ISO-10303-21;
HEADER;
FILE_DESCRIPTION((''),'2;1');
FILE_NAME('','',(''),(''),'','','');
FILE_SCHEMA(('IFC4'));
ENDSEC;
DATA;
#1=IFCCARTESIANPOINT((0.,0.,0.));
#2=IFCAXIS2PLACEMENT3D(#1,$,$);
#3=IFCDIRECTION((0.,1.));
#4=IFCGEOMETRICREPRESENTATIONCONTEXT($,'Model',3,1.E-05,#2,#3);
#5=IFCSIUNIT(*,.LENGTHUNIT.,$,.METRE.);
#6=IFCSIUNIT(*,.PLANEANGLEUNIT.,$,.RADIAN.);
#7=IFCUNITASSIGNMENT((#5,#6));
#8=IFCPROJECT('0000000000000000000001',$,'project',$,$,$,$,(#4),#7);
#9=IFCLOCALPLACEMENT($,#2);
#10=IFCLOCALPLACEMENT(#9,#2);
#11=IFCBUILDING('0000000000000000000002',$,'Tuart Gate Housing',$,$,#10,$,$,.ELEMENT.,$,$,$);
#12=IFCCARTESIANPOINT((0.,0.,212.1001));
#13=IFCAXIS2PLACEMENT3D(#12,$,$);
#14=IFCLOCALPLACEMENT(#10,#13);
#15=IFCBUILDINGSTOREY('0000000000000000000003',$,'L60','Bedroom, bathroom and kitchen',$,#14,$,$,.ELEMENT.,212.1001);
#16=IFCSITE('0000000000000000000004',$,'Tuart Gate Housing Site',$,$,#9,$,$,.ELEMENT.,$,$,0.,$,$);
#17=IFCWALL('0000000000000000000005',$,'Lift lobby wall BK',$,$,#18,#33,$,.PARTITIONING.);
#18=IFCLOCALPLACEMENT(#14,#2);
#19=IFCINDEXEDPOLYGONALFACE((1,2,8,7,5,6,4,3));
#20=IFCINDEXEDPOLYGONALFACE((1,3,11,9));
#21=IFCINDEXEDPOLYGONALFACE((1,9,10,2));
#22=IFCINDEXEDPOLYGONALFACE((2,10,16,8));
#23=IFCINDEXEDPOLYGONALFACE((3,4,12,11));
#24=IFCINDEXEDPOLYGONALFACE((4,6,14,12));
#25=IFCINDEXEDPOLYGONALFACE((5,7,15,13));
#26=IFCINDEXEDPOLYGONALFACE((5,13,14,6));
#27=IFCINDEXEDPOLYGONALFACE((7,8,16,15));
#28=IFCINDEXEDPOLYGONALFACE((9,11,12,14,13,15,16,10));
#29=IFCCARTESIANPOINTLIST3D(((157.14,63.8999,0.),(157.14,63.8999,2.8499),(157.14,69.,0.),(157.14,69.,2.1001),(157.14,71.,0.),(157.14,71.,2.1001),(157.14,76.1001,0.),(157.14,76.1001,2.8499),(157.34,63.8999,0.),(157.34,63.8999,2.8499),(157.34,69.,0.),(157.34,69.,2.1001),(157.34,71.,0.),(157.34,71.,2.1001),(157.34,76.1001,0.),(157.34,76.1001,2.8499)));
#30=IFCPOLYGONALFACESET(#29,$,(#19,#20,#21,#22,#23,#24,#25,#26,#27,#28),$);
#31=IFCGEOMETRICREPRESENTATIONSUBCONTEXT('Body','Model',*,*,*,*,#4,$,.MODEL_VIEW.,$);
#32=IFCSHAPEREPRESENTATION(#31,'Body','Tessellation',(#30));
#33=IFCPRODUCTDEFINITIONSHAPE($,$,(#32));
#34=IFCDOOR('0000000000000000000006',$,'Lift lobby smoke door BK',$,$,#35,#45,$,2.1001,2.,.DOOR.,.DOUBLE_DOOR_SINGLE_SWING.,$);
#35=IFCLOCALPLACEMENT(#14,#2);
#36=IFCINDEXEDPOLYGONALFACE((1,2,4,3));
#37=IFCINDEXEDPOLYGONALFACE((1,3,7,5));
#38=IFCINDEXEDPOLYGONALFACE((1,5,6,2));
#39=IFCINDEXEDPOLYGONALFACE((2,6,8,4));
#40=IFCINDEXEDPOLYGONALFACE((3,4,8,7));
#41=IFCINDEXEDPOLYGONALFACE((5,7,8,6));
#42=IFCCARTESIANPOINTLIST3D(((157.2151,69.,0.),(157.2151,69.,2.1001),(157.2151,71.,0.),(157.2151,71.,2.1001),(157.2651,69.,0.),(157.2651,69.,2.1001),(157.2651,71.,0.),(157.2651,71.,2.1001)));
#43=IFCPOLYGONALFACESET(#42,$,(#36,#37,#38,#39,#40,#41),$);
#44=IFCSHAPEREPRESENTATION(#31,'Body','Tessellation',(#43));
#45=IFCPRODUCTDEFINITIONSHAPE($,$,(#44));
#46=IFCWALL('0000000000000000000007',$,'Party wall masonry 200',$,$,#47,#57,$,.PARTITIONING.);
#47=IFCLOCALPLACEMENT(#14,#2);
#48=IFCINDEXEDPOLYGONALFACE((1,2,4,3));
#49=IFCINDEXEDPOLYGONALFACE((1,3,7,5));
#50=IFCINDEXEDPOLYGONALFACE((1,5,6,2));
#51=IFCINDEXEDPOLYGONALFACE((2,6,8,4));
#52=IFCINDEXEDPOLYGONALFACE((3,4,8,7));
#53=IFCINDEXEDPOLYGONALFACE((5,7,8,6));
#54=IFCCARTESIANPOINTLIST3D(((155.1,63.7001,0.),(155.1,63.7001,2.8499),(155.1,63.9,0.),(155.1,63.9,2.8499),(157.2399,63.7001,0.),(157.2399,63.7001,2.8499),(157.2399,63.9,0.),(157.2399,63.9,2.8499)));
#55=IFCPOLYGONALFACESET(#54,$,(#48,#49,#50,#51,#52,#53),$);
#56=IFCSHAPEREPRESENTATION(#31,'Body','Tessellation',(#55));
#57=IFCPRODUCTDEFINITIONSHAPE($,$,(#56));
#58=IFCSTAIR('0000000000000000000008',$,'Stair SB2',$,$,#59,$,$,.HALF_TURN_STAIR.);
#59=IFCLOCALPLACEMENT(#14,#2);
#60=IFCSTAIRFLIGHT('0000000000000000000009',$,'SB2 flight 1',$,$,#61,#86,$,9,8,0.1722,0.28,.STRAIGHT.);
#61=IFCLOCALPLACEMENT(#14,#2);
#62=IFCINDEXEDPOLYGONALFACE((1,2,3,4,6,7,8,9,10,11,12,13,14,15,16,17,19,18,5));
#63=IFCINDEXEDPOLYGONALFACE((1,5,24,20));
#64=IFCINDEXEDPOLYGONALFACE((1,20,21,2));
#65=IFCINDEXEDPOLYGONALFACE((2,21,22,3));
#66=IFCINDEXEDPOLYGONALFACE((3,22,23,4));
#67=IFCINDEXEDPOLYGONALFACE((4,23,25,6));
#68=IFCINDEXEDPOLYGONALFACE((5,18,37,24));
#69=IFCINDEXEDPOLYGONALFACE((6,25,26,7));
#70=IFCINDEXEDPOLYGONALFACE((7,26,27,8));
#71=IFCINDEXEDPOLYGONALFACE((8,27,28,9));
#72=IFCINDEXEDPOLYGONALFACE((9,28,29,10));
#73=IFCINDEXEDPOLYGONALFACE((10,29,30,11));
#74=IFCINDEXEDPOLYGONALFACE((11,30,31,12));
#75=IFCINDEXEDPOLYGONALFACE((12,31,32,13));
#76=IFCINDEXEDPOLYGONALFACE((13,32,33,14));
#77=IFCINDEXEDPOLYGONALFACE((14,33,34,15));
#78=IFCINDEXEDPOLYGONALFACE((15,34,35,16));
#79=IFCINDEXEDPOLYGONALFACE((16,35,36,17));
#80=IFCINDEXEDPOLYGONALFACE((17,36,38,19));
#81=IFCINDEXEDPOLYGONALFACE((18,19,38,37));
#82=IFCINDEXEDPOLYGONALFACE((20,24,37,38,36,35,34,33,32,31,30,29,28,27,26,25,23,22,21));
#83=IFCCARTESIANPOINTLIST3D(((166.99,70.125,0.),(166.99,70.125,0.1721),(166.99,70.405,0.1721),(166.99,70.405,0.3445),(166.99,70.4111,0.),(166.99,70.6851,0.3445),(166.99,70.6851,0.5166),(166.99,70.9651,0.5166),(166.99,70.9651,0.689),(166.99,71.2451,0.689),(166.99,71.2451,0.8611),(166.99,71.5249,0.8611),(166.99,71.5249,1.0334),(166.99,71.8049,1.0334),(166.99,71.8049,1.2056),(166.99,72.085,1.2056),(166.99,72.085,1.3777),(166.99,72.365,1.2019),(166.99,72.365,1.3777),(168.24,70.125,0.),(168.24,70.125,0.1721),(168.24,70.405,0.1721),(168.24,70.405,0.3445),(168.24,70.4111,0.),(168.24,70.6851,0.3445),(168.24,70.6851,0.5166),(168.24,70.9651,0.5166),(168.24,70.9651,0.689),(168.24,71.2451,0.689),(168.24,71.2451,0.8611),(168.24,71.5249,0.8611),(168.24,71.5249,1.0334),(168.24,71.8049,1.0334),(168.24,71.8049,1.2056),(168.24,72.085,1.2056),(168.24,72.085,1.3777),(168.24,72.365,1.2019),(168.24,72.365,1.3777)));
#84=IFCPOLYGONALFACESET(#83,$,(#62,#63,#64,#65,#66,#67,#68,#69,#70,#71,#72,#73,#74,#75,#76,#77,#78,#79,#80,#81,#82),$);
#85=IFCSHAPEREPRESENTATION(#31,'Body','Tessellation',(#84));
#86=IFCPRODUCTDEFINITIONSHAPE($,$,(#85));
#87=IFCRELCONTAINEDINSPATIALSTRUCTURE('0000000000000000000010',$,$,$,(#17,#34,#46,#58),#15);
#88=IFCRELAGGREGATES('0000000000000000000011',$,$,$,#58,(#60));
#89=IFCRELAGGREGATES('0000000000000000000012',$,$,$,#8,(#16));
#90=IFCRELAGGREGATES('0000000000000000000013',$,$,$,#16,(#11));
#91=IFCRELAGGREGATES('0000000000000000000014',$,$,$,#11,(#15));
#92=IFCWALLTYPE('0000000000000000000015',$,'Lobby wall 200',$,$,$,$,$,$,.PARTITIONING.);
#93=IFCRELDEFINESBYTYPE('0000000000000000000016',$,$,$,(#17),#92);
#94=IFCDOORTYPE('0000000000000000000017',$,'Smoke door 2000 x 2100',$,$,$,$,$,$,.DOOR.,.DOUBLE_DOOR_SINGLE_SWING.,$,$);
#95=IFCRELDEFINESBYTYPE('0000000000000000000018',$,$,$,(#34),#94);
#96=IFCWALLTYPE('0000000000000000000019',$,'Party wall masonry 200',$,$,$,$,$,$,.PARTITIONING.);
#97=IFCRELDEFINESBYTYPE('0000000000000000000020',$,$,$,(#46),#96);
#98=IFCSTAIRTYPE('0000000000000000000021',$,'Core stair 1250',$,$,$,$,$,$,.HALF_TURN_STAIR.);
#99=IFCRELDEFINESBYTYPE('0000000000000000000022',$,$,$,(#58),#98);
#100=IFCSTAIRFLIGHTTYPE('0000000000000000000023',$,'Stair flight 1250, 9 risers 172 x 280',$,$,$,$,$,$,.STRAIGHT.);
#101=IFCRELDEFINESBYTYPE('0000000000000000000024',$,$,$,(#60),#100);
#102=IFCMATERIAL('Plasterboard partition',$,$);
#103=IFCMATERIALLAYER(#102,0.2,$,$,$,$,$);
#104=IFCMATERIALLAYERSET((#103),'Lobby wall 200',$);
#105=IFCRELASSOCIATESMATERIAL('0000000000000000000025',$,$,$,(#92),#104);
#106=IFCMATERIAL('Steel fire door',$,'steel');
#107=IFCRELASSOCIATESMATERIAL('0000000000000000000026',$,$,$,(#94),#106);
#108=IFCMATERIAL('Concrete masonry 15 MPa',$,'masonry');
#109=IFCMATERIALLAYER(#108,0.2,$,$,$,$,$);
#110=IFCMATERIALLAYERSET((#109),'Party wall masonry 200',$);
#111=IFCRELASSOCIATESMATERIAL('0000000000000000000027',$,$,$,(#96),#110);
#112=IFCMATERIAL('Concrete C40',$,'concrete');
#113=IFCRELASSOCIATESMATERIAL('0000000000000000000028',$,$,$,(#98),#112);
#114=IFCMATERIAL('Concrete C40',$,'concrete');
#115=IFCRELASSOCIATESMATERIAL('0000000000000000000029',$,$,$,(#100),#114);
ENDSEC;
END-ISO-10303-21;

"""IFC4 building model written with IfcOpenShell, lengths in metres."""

from ifc_helpers import new_model, si_unit, direction, frame, frame_2d, origin, place, context, subcontext, project, spatial, polyline, rectangle, outline, extrude, material, layer, layer_set, type_object, element, fill, aggregate, save


model = new_model("IFC4")

# Units and contexts
model_context = context("Model", 3, precision=1e-05, world=origin(), true_north=direction((0.0, 1.0)))
body_context = subcontext(model_context, "Body", "Model", "MODEL_VIEW")
ifc_project = project(units=[si_unit("LENGTHUNIT", "METRE"), si_unit("PLANEANGLEUNIT", "RADIAN")], contexts=[model_context])

# Site, building, storey
site_placement = place(None, origin())
site = spatial("IfcSite", under=ifc_project, at=site_placement, Name="Tuart Gate Housing Site", CompositionType="ELEMENT", RefElevation=0.0)
building_placement = place(site_placement, origin())
building = spatial("IfcBuilding", under=site, at=building_placement, Name="Tuart Gate Housing", CompositionType="ELEMENT")
storey_placement = place(building_placement, frame((0.0, 0.0, 212.1001)))
storey = spatial("IfcBuildingStorey", under=building, at=storey_placement, Name="L60", Description="Bedroom, bathroom and kitchen", CompositionType="ELEMENT", Elevation=212.1001)

# Wall, opening, door
ifc_material_1 = material(Name="Plasterboard partition")
ifc_layer_1 = layer(ifc_material_1, 0.2)
ifc_layer_set_1 = layer_set([ifc_layer_1], Name="Lobby wall 200")
wall_type_1 = type_object("IfcWallType", Name="Lobby wall 200", PredefinedType="PARTITIONING", material=ifc_layer_set_1)
wall_1_placement = place(storey_placement, frame((157.24, 63.8999, 0.0), z_axis=(0.0, 0.0, 1.0), x_axis=(0.0, 1.0, 0.0)))
wall_1 = element("IfcWall", 1, at=wall_1_placement, inside=storey, type_object=wall_type_1, Name="Lift lobby wall BK", PredefinedType="PARTITIONING", context=body_context, shape_type="SweptSolid", body=[
    extrude(rectangle(XDim=12.2002, YDim=0.2, at=frame_2d((6.1001, 0.0))), origin(), (0.0, 0.0, 1.0), 2.8499),
])
opening_1_placement = place(wall_1_placement, frame((5.1001, 0.0, 0.0)))
opening_1 = element("IfcOpeningElement", 2, at=opening_1_placement, cuts=wall_1, PredefinedType="OPENING", context=body_context, shape_type="SweptSolid", body=[
    extrude(rectangle(XDim=2.0, YDim=2.1001, at=frame_2d((1.0, 1.05))), frame((0.0, 0.1099, 0.0), z_axis=(0.0, -1.0, 0.0), x_axis=(1.0, 0.0, 0.0)), (0.0, 0.0, 1.0), 0.22),
])
ifc_material_2 = material(Name="Steel fire door", Category="steel")
door_type_1 = type_object("IfcDoorType", Name="Smoke door 2000 x 2100", OperationType="DOUBLE_DOOR_SINGLE_SWING", PredefinedType="DOOR", material=ifc_material_2)
door_1_placement = place(opening_1_placement, frame((2.0, 0.0, 0.0), z_axis=(0.0, 0.0, 1.0), x_axis=(-1.0, 0.0, 0.0)))
door_1 = element("IfcDoor", 3, at=door_1_placement, inside=storey, type_object=door_type_1, Name="Lift lobby smoke door BK", OperationType="DOUBLE_DOOR_SINGLE_SWING", OverallHeight=2.1001, OverallWidth=2.0, PredefinedType="DOOR", context=body_context, shape_type="SweptSolid", body=[
    extrude(rectangle(XDim=2.0, YDim=2.1001, at=frame_2d((1.0, 1.05))), frame((0.0, 0.0251, 0.0), z_axis=(0.0, -1.0, 0.0), x_axis=(1.0, 0.0, 0.0)), (0.0, 0.0, 1.0), 0.05),
])
fill(opening_1, door_1)

# Wall
ifc_material_3 = material(Name="Concrete masonry 15 MPa", Category="masonry")
ifc_layer_2 = layer(ifc_material_3, 0.2)
ifc_layer_set_2 = layer_set([ifc_layer_2], Name="Party wall masonry 200")
wall_type_2 = type_object("IfcWallType", Name="Party wall masonry 200", PredefinedType="PARTITIONING", material=ifc_layer_set_2)
wall_2_placement = place(storey_placement, frame((155.1001, 63.8, 0.0), z_axis=(0.0, 0.0, 1.0), x_axis=(1.0, 0.0, 0.0)))
element("IfcWall", 4, at=wall_2_placement, inside=storey, type_object=wall_type_2, Name="Party wall masonry 200", PredefinedType="PARTITIONING", context=body_context, shape_type="SweptSolid", body=[
    extrude(rectangle(XDim=2.1399, YDim=0.2, at=frame_2d((1.0698, 0.0))), origin(), (0.0, 0.0, 1.0), 2.8499),
])

# Stair, stair flight
ifc_material_4 = material(Name="Concrete C40", Category="concrete")
stair_type = type_object("IfcStairType", Name="Core stair 1250", PredefinedType="HALF_TURN_STAIR", material=ifc_material_4)
stair_placement = place(storey_placement, origin())
stair = element("IfcStair", 5, at=stair_placement, inside=storey, type_object=stair_type, Name="Stair SB2", PredefinedType="HALF_TURN_STAIR")
ifc_material_5 = material(Name="Concrete C40", Category="concrete")
stair_flight_type = type_object("IfcStairFlightType", Name="Stair flight 1250, 9 risers 172 x 280", PredefinedType="STRAIGHT", material=ifc_material_5)
stair_flight_placement = place(storey_placement, frame((167.615, 70.125, 0.0), z_axis=(0.0, 0.0, 1.0), x_axis=(0.0, 1.0, 0.0)))
stair_flight = element("IfcStairFlight", 6, at=stair_flight_placement, type_object=stair_flight_type, Name="SB2 flight 1", NumberOfRisers=9, NumberOfTreads=8, PredefinedType="STRAIGHT", RiserHeight=0.1722, TreadLength=0.28, context=body_context, shape_type="SweptSolid", body=[
    extrude(outline(polyline([(0.0, 0.0), (0.0, 0.1721), (0.28, 0.1721), (0.28, 0.3445), (0.5601, 0.3445), (0.5601, 0.5166), (0.8401, 0.5166), (0.8401, 0.689), (1.1201, 0.689), (1.1201, 0.8611), (1.3999, 0.8611), (1.3999, 1.0334), (1.6799, 1.0334), (1.6799, 1.2056), (1.96, 1.2056), (1.96, 1.3777), (2.24, 1.3777), (2.24, 1.55), (2.24, 1.2019), (0.2861, 0.0), (0.0, 0.0)])), frame((0.0, 0.625, 0.0), z_axis=(0.0, -1.0, 0.0), x_axis=(1.0, 0.0, 0.0)), (0.0, 0.0, 1.0), 1.25),
])
aggregate(stair, [stair_flight])

save(model, "model.ifc")
